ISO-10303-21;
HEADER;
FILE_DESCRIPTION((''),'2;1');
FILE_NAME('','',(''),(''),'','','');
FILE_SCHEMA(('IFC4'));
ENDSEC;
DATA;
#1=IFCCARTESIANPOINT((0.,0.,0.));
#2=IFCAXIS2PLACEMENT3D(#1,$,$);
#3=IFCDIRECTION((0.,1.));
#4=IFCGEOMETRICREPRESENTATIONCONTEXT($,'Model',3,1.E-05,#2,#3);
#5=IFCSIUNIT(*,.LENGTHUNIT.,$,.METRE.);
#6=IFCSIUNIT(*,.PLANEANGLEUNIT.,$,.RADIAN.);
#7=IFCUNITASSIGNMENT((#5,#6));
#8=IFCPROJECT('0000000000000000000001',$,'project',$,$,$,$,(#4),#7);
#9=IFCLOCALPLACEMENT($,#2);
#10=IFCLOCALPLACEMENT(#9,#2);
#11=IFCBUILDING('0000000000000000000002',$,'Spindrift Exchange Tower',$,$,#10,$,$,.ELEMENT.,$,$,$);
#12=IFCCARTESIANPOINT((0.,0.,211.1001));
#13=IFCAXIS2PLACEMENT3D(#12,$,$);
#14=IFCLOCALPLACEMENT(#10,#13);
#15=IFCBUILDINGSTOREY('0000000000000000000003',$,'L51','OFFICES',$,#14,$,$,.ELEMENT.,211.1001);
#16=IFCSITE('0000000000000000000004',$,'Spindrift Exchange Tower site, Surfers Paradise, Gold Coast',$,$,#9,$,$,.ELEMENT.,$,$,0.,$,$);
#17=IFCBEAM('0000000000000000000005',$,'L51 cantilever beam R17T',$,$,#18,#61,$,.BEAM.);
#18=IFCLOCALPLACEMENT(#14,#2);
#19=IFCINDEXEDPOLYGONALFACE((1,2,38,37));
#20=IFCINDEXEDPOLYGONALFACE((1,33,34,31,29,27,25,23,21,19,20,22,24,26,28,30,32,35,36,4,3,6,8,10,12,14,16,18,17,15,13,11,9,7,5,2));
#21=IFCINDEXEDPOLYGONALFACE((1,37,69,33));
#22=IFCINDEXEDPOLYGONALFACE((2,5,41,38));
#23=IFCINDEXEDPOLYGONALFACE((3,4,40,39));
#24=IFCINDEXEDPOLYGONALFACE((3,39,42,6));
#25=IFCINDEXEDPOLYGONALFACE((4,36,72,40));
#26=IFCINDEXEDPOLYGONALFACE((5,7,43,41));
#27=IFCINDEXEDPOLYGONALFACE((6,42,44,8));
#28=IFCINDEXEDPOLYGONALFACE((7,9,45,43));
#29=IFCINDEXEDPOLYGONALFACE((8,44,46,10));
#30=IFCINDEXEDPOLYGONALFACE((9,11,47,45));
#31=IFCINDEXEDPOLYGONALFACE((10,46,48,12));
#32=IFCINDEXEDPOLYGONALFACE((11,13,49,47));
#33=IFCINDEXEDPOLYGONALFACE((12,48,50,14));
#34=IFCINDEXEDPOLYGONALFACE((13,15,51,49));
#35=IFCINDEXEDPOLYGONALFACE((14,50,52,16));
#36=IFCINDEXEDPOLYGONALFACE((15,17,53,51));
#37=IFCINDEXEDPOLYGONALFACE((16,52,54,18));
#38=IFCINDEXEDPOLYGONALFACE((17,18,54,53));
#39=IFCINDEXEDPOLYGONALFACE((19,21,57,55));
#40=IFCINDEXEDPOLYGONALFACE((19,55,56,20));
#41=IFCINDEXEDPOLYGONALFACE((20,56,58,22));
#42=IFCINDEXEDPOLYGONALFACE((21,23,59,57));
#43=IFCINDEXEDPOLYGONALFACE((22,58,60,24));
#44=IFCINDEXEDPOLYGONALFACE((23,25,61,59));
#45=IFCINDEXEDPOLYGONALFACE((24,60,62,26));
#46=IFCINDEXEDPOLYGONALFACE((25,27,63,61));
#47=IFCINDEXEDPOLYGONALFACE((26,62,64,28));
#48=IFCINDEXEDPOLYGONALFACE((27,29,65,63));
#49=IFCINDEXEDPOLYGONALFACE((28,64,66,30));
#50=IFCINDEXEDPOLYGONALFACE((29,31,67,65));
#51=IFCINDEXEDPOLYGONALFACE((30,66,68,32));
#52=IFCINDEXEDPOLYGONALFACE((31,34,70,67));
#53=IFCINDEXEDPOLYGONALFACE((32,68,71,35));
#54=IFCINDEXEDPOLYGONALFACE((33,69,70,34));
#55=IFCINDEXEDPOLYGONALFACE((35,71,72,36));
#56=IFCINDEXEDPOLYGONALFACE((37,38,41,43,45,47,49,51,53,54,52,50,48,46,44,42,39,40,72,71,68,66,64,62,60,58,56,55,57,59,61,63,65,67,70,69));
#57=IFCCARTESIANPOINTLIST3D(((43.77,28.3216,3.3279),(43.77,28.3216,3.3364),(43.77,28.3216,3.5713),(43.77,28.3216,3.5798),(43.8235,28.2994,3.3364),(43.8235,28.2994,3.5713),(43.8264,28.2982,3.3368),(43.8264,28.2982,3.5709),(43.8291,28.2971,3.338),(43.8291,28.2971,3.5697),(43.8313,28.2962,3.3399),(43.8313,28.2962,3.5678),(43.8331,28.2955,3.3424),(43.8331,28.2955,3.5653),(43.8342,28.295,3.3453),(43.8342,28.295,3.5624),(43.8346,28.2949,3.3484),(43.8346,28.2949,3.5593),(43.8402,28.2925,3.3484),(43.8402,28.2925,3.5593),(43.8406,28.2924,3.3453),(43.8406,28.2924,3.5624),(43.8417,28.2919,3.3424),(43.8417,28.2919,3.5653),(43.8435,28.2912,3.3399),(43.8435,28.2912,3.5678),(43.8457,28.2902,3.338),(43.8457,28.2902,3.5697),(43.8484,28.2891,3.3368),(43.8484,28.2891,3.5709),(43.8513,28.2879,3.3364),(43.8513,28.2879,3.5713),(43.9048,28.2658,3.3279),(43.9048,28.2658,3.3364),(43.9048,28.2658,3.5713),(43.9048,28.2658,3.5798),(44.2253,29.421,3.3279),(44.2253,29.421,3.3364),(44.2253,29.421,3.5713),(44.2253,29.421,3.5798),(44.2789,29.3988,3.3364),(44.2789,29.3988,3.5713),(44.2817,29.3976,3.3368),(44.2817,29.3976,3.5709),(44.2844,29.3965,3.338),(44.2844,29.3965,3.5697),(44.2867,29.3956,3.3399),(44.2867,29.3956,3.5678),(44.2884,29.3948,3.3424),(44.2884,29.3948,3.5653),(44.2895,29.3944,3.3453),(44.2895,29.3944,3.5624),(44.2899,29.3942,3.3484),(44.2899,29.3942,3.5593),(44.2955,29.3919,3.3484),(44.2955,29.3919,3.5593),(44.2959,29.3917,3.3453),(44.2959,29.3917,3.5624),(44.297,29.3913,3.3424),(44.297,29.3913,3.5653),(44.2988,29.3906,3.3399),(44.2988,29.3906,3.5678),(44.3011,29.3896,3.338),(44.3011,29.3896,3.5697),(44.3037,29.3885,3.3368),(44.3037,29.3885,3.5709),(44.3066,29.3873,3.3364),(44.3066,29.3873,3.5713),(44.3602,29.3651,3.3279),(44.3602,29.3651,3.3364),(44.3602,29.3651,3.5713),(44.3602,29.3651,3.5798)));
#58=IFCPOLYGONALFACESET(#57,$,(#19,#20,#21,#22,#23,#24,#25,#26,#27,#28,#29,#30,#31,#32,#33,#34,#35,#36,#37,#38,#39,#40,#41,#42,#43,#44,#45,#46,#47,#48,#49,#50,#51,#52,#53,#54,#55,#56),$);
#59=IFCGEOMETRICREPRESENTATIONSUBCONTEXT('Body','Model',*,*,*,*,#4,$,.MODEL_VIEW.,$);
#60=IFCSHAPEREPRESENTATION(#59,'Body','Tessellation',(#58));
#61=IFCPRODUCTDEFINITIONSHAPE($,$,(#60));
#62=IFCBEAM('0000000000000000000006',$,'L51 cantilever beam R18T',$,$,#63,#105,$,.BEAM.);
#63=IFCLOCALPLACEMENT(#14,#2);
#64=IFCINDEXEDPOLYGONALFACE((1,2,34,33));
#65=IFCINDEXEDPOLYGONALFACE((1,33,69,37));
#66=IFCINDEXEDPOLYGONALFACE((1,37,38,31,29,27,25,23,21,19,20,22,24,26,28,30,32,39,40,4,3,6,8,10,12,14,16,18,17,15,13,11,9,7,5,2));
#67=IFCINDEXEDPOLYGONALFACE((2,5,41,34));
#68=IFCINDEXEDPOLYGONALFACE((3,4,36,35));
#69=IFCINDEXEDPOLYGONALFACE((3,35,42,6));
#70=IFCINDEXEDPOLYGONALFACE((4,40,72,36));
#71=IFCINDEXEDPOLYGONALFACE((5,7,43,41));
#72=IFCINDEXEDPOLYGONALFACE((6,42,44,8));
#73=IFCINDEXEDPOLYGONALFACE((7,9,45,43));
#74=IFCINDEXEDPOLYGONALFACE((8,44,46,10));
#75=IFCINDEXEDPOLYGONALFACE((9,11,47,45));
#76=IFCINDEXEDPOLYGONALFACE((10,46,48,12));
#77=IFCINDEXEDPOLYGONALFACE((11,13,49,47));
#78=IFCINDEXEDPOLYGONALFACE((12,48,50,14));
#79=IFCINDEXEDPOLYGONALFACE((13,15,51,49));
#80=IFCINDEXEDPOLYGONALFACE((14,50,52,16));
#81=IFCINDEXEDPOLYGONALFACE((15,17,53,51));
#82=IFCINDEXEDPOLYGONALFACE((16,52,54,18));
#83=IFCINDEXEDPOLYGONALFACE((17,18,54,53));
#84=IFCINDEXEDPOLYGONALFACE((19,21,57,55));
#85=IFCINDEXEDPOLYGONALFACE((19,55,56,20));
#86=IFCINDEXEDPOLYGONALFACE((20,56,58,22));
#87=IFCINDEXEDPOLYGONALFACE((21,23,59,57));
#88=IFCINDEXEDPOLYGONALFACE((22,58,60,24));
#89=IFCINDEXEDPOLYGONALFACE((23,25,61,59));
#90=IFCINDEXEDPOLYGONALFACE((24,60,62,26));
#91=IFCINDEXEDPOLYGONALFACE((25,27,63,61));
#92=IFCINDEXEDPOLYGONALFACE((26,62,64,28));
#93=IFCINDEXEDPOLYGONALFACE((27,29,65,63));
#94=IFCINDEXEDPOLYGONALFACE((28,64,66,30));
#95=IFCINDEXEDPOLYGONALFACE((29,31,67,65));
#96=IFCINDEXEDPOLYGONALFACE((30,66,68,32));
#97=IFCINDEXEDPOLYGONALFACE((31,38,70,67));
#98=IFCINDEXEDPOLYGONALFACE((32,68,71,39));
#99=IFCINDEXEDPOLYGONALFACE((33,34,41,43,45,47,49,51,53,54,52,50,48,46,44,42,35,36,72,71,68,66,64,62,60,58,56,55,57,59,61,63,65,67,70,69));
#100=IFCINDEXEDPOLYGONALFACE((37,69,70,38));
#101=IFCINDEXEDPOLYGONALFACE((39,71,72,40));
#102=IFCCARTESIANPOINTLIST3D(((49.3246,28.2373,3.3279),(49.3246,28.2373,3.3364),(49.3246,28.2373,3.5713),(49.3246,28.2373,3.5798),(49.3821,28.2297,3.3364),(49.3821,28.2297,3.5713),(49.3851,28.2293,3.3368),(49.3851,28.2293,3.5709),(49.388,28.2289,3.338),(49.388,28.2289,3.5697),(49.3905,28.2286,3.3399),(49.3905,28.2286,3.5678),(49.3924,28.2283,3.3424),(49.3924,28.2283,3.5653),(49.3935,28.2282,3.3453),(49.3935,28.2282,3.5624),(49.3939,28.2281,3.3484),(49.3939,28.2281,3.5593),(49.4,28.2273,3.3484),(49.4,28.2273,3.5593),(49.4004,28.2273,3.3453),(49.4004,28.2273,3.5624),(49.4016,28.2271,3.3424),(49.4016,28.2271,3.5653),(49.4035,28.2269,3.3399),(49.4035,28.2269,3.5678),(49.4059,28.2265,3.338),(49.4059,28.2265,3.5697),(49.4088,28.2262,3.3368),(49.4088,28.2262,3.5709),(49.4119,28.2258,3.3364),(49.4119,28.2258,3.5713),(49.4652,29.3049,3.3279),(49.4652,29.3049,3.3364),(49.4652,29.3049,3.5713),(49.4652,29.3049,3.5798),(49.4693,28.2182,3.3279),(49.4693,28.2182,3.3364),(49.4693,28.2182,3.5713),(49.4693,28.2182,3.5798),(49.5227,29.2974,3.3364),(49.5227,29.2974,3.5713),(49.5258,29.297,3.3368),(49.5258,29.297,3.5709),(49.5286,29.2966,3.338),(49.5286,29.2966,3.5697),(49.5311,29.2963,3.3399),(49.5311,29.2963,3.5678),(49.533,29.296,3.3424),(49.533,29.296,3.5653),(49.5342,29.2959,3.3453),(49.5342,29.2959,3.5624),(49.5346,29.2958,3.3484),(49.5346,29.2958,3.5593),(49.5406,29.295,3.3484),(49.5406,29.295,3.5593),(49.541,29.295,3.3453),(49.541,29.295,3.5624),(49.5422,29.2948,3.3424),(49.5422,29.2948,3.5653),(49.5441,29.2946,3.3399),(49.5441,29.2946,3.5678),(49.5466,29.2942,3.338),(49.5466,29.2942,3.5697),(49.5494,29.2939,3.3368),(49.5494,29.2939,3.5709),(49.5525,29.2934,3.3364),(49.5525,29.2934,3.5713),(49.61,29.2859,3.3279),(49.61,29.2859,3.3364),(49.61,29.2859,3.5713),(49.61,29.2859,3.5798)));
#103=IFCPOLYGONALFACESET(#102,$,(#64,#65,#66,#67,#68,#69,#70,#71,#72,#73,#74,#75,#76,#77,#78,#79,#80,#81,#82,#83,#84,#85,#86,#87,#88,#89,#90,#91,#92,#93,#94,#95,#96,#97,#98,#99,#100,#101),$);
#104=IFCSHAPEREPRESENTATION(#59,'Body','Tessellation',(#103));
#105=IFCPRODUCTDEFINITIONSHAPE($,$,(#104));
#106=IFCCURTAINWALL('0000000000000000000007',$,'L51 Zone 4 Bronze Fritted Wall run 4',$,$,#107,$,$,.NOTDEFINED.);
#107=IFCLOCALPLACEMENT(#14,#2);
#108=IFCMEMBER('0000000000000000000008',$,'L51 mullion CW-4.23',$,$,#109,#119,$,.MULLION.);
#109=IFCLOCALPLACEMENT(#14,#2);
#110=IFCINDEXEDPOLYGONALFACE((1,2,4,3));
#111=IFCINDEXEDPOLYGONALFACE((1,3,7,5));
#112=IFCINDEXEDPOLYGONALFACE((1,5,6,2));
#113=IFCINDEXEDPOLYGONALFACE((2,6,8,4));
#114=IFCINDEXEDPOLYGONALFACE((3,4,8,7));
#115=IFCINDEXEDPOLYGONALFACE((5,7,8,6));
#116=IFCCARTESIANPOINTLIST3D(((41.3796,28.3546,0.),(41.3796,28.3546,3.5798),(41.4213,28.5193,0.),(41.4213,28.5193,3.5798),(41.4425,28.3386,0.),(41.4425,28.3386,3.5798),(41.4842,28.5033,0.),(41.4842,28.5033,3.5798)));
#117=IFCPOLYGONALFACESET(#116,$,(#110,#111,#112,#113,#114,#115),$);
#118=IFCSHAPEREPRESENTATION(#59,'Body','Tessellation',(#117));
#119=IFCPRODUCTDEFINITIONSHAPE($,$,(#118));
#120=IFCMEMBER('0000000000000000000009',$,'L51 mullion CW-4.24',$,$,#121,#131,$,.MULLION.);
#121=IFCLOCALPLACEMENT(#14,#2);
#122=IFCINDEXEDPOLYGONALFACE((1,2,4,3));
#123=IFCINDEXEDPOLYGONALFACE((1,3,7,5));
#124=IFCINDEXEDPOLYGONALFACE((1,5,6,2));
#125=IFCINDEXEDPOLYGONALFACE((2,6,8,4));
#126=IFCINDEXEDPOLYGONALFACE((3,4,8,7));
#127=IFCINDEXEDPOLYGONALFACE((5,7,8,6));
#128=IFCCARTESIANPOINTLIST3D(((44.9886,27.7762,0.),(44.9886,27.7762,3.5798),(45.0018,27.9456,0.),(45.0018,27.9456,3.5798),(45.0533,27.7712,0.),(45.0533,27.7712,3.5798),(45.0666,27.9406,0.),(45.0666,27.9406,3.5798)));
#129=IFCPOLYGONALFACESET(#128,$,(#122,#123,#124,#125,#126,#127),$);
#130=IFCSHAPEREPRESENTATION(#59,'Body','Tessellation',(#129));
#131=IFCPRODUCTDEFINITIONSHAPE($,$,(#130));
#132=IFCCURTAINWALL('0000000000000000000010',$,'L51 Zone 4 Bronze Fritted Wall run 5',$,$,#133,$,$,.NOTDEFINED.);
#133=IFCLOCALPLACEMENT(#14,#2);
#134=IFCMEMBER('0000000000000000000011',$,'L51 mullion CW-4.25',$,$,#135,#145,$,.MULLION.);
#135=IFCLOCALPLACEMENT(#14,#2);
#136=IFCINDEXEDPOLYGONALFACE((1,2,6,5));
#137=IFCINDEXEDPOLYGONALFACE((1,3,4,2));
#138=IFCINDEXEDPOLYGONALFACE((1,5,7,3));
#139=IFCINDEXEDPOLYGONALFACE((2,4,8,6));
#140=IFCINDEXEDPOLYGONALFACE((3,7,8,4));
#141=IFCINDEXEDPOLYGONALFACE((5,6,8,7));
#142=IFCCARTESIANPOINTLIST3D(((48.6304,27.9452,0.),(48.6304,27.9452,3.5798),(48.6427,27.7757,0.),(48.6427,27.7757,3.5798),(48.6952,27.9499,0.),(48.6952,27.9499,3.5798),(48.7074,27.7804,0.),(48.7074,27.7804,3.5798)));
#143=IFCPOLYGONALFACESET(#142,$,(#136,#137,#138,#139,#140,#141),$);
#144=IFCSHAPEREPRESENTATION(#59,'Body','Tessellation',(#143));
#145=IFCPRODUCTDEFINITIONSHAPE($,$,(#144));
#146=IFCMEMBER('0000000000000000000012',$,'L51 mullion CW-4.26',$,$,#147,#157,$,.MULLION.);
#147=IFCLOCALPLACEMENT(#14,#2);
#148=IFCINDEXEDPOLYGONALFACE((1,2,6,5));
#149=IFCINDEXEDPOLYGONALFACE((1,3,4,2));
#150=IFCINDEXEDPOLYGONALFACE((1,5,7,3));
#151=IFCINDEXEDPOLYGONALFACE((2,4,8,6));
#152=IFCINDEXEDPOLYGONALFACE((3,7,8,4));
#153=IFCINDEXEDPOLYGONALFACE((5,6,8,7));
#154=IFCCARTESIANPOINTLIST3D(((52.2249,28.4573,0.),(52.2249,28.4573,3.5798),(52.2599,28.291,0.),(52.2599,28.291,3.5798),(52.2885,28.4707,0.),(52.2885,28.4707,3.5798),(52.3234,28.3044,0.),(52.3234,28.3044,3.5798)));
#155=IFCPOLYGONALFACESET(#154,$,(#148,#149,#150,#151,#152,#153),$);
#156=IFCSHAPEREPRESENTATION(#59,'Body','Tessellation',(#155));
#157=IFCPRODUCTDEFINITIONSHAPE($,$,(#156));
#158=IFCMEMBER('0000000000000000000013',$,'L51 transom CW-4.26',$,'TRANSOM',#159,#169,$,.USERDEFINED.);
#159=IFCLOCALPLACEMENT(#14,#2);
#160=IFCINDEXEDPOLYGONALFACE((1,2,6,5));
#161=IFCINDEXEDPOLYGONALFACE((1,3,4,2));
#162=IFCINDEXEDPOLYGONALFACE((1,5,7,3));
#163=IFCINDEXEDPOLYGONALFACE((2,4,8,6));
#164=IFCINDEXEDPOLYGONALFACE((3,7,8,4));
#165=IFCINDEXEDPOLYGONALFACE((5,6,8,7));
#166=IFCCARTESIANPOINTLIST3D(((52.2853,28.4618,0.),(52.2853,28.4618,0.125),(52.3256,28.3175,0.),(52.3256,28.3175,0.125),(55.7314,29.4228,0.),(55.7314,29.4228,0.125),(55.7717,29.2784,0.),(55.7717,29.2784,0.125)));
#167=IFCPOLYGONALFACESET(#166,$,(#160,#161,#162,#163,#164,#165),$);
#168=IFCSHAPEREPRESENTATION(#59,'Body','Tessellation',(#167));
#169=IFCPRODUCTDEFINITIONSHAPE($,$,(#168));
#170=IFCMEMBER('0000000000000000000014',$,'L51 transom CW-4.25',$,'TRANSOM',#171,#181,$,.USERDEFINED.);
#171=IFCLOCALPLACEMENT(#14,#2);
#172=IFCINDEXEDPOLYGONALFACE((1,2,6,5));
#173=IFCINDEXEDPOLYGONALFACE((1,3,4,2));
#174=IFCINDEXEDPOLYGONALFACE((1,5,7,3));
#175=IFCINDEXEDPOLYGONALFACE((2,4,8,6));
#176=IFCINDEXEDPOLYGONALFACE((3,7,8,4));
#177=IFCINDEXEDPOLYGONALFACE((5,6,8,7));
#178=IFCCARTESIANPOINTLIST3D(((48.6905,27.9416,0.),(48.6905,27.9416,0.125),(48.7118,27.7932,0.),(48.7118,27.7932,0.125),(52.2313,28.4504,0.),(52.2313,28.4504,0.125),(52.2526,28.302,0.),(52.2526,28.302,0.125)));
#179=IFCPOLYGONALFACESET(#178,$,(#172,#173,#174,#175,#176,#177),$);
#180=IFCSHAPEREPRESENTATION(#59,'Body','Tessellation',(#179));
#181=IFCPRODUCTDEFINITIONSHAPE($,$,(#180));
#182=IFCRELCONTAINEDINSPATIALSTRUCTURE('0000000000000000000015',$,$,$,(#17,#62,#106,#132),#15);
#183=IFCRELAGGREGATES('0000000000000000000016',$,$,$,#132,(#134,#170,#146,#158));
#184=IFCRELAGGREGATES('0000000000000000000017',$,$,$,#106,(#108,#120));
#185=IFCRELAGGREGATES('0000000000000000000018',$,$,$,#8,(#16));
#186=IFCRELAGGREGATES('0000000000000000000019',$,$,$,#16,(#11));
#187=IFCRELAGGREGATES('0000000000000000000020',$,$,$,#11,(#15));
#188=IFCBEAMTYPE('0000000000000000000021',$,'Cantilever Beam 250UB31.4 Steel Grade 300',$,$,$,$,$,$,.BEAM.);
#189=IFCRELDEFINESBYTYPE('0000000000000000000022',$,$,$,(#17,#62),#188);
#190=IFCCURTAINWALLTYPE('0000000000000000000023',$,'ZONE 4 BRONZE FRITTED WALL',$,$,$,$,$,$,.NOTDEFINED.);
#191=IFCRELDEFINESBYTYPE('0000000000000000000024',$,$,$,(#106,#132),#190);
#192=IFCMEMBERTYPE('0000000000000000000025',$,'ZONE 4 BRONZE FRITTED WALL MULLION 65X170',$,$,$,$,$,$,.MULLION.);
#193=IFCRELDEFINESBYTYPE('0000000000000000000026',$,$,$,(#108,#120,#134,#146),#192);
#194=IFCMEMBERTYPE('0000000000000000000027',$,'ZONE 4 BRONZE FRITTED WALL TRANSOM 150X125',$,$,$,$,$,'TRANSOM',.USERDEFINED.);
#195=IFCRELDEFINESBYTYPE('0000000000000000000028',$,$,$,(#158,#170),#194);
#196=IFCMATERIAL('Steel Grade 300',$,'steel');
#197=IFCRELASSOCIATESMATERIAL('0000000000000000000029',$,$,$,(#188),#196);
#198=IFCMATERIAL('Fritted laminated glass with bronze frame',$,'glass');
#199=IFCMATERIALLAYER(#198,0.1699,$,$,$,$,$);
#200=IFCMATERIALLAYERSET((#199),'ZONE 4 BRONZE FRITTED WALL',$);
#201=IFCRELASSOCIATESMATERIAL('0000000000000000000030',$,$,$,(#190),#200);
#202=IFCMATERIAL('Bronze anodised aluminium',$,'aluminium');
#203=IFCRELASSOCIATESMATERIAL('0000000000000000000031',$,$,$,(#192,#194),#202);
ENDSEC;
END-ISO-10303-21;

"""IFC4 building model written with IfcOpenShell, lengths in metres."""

from ifc_helpers import new_model, si_unit, direction, frame, origin, origin_2d, place, context, subcontext, project, spatial, rectangle, i_section, extrude, source, transform, mapped, material, layer, layer_set, material_profile, profile_set, type_object, element, aggregate, save


model = new_model("IFC4")

# Units and contexts
model_context = context("Model", 3, precision=1e-05, world=origin(), true_north=direction((0.0, 1.0)))
body_context = subcontext(model_context, "Body", "Model", "MODEL_VIEW")
ifc_project = project(units=[si_unit("LENGTHUNIT", "METRE"), si_unit("PLANEANGLEUNIT", "RADIAN")], contexts=[model_context])

# Site, building, storey
site_placement = place(None, origin())
site = spatial("IfcSite", under=ifc_project, at=site_placement, Name="Spindrift Exchange Tower site, Surfers Paradise, Gold Coast", CompositionType="ELEMENT", RefElevation=0.0)
building_placement = place(site_placement, origin())
building = spatial("IfcBuilding", under=site, at=building_placement, Name="Spindrift Exchange Tower", CompositionType="ELEMENT")
storey_placement = place(building_placement, frame((0.0, 0.0, 211.1001)))
storey = spatial("IfcBuildingStorey", under=building, at=storey_placement, Name="L51", Description="OFFICES", CompositionType="ELEMENT", Elevation=211.1001)

# Beams
ifc_material_1 = material(Name="Steel Grade 300", Category="steel")
ifc_material_profile_1 = material_profile(ifc_material_1, i_section(OverallWidth=0.146, OverallDepth=0.252, WebThickness=0.0061, FlangeThickness=0.0085, FilletRadius=0.012, at=origin_2d()), Name="250UB31.4")
ifc_profile_set_1 = profile_set([ifc_material_profile_1], Name="Steel Grade 300")
beam_type_1 = type_object("IfcBeamType", Name="Cantilever Beam 250UB31.4 Steel Grade 300", PredefinedType="BEAM", material=ifc_profile_set_1)
shared_shape_1 = source(origin(), body_context, "Body", "SweptSolid", [
    extrude(i_section(OverallWidth=0.146, OverallDepth=0.252, WebThickness=0.0061, FlangeThickness=0.0085, FilletRadius=0.012, at=origin_2d()), origin(), (0.0, 0.0, 1.0), 1.1899),
])
beam_1_placement = place(storey_placement, frame((44.2927, 29.3931, 3.4539), z_axis=(-0.382648, -0.923894, 0.0), x_axis=(0.923894, -0.382648, 0.0)))
element("IfcBeam", 1, at=beam_1_placement, inside=storey, type_object=beam_type_1, Name="L51 cantilever beam R17T", PredefinedType="BEAM", context=body_context, shape_type="MappedRepresentation", body=[
    mapped(shared_shape_1, transform((0.0, 0.0, 0.0), scale=1.0)),
])
shared_shape_2 = source(origin(), body_context, "Body", "SweptSolid", [
    extrude(i_section(OverallWidth=0.146, OverallDepth=0.252, WebThickness=0.0061, FlangeThickness=0.0085, FilletRadius=0.012, at=origin_2d()), origin(), (0.0, 0.0, 1.0), 1.0769),
])
beam_2_placement = place(storey_placement, frame((49.5376, 29.2954, 3.4539), z_axis=(-0.130589, -0.991437, 0.0), x_axis=(0.991437, -0.130589, 0.0)))
element("IfcBeam", 2, at=beam_2_placement, inside=storey, type_object=beam_type_1, Name="L51 cantilever beam R18T", PredefinedType="BEAM", context=body_context, shape_type="MappedRepresentation", body=[
    mapped(shared_shape_2, transform((0.0, 0.0, 0.0), scale=1.0)),
])

# Curtain walls, members
ifc_material_2 = material(Name="Fritted laminated glass with bronze frame", Category="glass")
ifc_layer_1 = layer(ifc_material_2, 0.1699)
ifc_layer_set_1 = layer_set([ifc_layer_1], Name="ZONE 4 BRONZE FRITTED WALL")
curtain_wall_type = type_object("IfcCurtainWallType", Name="ZONE 4 BRONZE FRITTED WALL", PredefinedType="NOTDEFINED", material=ifc_layer_set_1)
curtain_wall_1_placement = place(storey_placement, origin())
curtain_wall_1 = element("IfcCurtainWall", 3, at=curtain_wall_1_placement, inside=storey, type_object=curtain_wall_type, Name="L51 Zone 4 Bronze Fritted Wall run 4", PredefinedType="NOTDEFINED")
ifc_material_3 = material(Name="Bronze anodised aluminium", Category="aluminium")
ifc_material_profile_2 = material_profile(ifc_material_3, rectangle(XDim=0.0649, YDim=0.1699, at=origin_2d()), Name="ZONE 4 BRONZE FRITTED WALL MULLION 65X170")
ifc_profile_set_2 = profile_set([ifc_material_profile_2], Name="Bronze anodised aluminium")
member_type_1 = type_object("IfcMemberType", Name="ZONE 4 BRONZE FRITTED WALL MULLION 65X170", PredefinedType="MULLION", material=ifc_profile_set_2)
shared_shape_3 = source(origin(), body_context, "Body", "SweptSolid", [
    extrude(rectangle(XDim=0.0649, YDim=0.1699, at=origin_2d()), origin(), (0.0, 0.0, 1.0), 3.5798),
])
member_1_placement = place(storey_placement, frame((41.4319, 28.429, 0.0), z_axis=(0.0, 0.0, 1.0), x_axis=(0.969414, -0.24543, 0.0)))
member_1 = element("IfcMember", 4, at=member_1_placement, type_object=member_type_1, Name="L51 mullion CW-4.23", PredefinedType="MULLION", context=body_context, shape_type="MappedRepresentation", body=[
    mapped(shared_shape_3, transform((0.0, 0.0, 0.0), scale=1.0)),
])
member_2_placement = place(storey_placement, frame((45.0276, 27.8584, 0.0), z_axis=(0.0, 0.0, 1.0), x_axis=(0.996954, -0.077996, 0.0)))
member_2 = element("IfcMember", 5, at=member_2_placement, type_object=member_type_1, Name="L51 mullion CW-4.24", PredefinedType="MULLION", context=body_context, shape_type="MappedRepresentation", body=[
    mapped(shared_shape_3, transform((0.0, 0.0, 0.0), scale=1.0)),
])
curtain_wall_2_placement = place(storey_placement, origin())
curtain_wall_2 = element("IfcCurtainWall", 6, at=curtain_wall_2_placement, inside=storey, type_object=curtain_wall_type, Name="L51 Zone 4 Bronze Fritted Wall run 5", PredefinedType="NOTDEFINED")
member_3_placement = place(storey_placement, frame((48.6689, 27.8628, 0.0), z_axis=(0.0, 0.0, 1.0), x_axis=(0.997411, 0.071908, 0.0)))
member_3 = element("IfcMember", 7, at=member_3_placement, type_object=member_type_1, Name="L51 mullion CW-4.25", PredefinedType="MULLION", context=body_context, shape_type="MappedRepresentation", body=[
    mapped(shared_shape_3, transform((0.0, 0.0, 0.0), scale=1.0)),
])
member_4_placement = place(storey_placement, frame((52.2742, 28.3809, 0.0), z_axis=(0.0, 0.0, 1.0), x_axis=(0.978579, 0.205871, 0.0)))
member_4 = element("IfcMember", 8, at=member_4_placement, type_object=member_type_1, Name="L51 mullion CW-4.26", PredefinedType="MULLION", context=body_context, shape_type="MappedRepresentation", body=[
    mapped(shared_shape_3, transform((0.0, 0.0, 0.0), scale=1.0)),
])
ifc_material_profile_3 = material_profile(ifc_material_3, rectangle(XDim=0.1499, YDim=0.125, at=origin_2d()), Name="ZONE 4 BRONZE FRITTED WALL TRANSOM 150X125")
ifc_profile_set_3 = profile_set([ifc_material_profile_3], Name="Bronze anodised aluminium")
member_type_2 = type_object("IfcMemberType", Name="ZONE 4 BRONZE FRITTED WALL TRANSOM 150X125", ElementType="TRANSOM", PredefinedType="USERDEFINED", material=ifc_profile_set_3)
shared_shape_4 = source(origin(), body_context, "Body", "SweptSolid", [
    extrude(rectangle(XDim=0.1499, YDim=0.125, at=origin_2d()), origin(), (0.0, 0.0, 1.0), 3.5776),
])
member_5_placement = place(storey_placement, frame((52.3054, 28.3896, 0.0625), z_axis=(0.963251, 0.268605, 0.0), x_axis=(-0.268605, 0.963251, 0.0)))
member_5 = element("IfcMember", 9, at=member_5_placement, type_object=member_type_2, Name="L51 transom CW-4.26", ObjectType="TRANSOM", PredefinedType="USERDEFINED", context=body_context, shape_type="MappedRepresentation", body=[
    mapped(shared_shape_4, transform((0.0, 0.0, 0.0), scale=1.0)),
])
shared_shape_5 = source(origin(), body_context, "Body", "SweptSolid", [
    extrude(rectangle(XDim=0.1499, YDim=0.125, at=origin_2d()), origin(), (0.0, 0.0, 1.0), 3.5771),
])
member_6_placement = place(storey_placement, frame((48.7012, 27.8674, 0.0625), z_axis=(0.989833, 0.142233, 0.0), x_axis=(-0.142233, 0.989833, 0.0)))
member_6 = element("IfcMember", 10, at=member_6_placement, type_object=member_type_2, Name="L51 transom CW-4.25", ObjectType="TRANSOM", PredefinedType="USERDEFINED", context=body_context, shape_type="MappedRepresentation", body=[
    mapped(shared_shape_5, transform((0.0, 0.0, 0.0), scale=1.0)),
])

aggregate(curtain_wall_2, [member_3, member_6, member_4, member_5])
aggregate(curtain_wall_1, [member_1, member_2])

save(model, "model.ifc")
